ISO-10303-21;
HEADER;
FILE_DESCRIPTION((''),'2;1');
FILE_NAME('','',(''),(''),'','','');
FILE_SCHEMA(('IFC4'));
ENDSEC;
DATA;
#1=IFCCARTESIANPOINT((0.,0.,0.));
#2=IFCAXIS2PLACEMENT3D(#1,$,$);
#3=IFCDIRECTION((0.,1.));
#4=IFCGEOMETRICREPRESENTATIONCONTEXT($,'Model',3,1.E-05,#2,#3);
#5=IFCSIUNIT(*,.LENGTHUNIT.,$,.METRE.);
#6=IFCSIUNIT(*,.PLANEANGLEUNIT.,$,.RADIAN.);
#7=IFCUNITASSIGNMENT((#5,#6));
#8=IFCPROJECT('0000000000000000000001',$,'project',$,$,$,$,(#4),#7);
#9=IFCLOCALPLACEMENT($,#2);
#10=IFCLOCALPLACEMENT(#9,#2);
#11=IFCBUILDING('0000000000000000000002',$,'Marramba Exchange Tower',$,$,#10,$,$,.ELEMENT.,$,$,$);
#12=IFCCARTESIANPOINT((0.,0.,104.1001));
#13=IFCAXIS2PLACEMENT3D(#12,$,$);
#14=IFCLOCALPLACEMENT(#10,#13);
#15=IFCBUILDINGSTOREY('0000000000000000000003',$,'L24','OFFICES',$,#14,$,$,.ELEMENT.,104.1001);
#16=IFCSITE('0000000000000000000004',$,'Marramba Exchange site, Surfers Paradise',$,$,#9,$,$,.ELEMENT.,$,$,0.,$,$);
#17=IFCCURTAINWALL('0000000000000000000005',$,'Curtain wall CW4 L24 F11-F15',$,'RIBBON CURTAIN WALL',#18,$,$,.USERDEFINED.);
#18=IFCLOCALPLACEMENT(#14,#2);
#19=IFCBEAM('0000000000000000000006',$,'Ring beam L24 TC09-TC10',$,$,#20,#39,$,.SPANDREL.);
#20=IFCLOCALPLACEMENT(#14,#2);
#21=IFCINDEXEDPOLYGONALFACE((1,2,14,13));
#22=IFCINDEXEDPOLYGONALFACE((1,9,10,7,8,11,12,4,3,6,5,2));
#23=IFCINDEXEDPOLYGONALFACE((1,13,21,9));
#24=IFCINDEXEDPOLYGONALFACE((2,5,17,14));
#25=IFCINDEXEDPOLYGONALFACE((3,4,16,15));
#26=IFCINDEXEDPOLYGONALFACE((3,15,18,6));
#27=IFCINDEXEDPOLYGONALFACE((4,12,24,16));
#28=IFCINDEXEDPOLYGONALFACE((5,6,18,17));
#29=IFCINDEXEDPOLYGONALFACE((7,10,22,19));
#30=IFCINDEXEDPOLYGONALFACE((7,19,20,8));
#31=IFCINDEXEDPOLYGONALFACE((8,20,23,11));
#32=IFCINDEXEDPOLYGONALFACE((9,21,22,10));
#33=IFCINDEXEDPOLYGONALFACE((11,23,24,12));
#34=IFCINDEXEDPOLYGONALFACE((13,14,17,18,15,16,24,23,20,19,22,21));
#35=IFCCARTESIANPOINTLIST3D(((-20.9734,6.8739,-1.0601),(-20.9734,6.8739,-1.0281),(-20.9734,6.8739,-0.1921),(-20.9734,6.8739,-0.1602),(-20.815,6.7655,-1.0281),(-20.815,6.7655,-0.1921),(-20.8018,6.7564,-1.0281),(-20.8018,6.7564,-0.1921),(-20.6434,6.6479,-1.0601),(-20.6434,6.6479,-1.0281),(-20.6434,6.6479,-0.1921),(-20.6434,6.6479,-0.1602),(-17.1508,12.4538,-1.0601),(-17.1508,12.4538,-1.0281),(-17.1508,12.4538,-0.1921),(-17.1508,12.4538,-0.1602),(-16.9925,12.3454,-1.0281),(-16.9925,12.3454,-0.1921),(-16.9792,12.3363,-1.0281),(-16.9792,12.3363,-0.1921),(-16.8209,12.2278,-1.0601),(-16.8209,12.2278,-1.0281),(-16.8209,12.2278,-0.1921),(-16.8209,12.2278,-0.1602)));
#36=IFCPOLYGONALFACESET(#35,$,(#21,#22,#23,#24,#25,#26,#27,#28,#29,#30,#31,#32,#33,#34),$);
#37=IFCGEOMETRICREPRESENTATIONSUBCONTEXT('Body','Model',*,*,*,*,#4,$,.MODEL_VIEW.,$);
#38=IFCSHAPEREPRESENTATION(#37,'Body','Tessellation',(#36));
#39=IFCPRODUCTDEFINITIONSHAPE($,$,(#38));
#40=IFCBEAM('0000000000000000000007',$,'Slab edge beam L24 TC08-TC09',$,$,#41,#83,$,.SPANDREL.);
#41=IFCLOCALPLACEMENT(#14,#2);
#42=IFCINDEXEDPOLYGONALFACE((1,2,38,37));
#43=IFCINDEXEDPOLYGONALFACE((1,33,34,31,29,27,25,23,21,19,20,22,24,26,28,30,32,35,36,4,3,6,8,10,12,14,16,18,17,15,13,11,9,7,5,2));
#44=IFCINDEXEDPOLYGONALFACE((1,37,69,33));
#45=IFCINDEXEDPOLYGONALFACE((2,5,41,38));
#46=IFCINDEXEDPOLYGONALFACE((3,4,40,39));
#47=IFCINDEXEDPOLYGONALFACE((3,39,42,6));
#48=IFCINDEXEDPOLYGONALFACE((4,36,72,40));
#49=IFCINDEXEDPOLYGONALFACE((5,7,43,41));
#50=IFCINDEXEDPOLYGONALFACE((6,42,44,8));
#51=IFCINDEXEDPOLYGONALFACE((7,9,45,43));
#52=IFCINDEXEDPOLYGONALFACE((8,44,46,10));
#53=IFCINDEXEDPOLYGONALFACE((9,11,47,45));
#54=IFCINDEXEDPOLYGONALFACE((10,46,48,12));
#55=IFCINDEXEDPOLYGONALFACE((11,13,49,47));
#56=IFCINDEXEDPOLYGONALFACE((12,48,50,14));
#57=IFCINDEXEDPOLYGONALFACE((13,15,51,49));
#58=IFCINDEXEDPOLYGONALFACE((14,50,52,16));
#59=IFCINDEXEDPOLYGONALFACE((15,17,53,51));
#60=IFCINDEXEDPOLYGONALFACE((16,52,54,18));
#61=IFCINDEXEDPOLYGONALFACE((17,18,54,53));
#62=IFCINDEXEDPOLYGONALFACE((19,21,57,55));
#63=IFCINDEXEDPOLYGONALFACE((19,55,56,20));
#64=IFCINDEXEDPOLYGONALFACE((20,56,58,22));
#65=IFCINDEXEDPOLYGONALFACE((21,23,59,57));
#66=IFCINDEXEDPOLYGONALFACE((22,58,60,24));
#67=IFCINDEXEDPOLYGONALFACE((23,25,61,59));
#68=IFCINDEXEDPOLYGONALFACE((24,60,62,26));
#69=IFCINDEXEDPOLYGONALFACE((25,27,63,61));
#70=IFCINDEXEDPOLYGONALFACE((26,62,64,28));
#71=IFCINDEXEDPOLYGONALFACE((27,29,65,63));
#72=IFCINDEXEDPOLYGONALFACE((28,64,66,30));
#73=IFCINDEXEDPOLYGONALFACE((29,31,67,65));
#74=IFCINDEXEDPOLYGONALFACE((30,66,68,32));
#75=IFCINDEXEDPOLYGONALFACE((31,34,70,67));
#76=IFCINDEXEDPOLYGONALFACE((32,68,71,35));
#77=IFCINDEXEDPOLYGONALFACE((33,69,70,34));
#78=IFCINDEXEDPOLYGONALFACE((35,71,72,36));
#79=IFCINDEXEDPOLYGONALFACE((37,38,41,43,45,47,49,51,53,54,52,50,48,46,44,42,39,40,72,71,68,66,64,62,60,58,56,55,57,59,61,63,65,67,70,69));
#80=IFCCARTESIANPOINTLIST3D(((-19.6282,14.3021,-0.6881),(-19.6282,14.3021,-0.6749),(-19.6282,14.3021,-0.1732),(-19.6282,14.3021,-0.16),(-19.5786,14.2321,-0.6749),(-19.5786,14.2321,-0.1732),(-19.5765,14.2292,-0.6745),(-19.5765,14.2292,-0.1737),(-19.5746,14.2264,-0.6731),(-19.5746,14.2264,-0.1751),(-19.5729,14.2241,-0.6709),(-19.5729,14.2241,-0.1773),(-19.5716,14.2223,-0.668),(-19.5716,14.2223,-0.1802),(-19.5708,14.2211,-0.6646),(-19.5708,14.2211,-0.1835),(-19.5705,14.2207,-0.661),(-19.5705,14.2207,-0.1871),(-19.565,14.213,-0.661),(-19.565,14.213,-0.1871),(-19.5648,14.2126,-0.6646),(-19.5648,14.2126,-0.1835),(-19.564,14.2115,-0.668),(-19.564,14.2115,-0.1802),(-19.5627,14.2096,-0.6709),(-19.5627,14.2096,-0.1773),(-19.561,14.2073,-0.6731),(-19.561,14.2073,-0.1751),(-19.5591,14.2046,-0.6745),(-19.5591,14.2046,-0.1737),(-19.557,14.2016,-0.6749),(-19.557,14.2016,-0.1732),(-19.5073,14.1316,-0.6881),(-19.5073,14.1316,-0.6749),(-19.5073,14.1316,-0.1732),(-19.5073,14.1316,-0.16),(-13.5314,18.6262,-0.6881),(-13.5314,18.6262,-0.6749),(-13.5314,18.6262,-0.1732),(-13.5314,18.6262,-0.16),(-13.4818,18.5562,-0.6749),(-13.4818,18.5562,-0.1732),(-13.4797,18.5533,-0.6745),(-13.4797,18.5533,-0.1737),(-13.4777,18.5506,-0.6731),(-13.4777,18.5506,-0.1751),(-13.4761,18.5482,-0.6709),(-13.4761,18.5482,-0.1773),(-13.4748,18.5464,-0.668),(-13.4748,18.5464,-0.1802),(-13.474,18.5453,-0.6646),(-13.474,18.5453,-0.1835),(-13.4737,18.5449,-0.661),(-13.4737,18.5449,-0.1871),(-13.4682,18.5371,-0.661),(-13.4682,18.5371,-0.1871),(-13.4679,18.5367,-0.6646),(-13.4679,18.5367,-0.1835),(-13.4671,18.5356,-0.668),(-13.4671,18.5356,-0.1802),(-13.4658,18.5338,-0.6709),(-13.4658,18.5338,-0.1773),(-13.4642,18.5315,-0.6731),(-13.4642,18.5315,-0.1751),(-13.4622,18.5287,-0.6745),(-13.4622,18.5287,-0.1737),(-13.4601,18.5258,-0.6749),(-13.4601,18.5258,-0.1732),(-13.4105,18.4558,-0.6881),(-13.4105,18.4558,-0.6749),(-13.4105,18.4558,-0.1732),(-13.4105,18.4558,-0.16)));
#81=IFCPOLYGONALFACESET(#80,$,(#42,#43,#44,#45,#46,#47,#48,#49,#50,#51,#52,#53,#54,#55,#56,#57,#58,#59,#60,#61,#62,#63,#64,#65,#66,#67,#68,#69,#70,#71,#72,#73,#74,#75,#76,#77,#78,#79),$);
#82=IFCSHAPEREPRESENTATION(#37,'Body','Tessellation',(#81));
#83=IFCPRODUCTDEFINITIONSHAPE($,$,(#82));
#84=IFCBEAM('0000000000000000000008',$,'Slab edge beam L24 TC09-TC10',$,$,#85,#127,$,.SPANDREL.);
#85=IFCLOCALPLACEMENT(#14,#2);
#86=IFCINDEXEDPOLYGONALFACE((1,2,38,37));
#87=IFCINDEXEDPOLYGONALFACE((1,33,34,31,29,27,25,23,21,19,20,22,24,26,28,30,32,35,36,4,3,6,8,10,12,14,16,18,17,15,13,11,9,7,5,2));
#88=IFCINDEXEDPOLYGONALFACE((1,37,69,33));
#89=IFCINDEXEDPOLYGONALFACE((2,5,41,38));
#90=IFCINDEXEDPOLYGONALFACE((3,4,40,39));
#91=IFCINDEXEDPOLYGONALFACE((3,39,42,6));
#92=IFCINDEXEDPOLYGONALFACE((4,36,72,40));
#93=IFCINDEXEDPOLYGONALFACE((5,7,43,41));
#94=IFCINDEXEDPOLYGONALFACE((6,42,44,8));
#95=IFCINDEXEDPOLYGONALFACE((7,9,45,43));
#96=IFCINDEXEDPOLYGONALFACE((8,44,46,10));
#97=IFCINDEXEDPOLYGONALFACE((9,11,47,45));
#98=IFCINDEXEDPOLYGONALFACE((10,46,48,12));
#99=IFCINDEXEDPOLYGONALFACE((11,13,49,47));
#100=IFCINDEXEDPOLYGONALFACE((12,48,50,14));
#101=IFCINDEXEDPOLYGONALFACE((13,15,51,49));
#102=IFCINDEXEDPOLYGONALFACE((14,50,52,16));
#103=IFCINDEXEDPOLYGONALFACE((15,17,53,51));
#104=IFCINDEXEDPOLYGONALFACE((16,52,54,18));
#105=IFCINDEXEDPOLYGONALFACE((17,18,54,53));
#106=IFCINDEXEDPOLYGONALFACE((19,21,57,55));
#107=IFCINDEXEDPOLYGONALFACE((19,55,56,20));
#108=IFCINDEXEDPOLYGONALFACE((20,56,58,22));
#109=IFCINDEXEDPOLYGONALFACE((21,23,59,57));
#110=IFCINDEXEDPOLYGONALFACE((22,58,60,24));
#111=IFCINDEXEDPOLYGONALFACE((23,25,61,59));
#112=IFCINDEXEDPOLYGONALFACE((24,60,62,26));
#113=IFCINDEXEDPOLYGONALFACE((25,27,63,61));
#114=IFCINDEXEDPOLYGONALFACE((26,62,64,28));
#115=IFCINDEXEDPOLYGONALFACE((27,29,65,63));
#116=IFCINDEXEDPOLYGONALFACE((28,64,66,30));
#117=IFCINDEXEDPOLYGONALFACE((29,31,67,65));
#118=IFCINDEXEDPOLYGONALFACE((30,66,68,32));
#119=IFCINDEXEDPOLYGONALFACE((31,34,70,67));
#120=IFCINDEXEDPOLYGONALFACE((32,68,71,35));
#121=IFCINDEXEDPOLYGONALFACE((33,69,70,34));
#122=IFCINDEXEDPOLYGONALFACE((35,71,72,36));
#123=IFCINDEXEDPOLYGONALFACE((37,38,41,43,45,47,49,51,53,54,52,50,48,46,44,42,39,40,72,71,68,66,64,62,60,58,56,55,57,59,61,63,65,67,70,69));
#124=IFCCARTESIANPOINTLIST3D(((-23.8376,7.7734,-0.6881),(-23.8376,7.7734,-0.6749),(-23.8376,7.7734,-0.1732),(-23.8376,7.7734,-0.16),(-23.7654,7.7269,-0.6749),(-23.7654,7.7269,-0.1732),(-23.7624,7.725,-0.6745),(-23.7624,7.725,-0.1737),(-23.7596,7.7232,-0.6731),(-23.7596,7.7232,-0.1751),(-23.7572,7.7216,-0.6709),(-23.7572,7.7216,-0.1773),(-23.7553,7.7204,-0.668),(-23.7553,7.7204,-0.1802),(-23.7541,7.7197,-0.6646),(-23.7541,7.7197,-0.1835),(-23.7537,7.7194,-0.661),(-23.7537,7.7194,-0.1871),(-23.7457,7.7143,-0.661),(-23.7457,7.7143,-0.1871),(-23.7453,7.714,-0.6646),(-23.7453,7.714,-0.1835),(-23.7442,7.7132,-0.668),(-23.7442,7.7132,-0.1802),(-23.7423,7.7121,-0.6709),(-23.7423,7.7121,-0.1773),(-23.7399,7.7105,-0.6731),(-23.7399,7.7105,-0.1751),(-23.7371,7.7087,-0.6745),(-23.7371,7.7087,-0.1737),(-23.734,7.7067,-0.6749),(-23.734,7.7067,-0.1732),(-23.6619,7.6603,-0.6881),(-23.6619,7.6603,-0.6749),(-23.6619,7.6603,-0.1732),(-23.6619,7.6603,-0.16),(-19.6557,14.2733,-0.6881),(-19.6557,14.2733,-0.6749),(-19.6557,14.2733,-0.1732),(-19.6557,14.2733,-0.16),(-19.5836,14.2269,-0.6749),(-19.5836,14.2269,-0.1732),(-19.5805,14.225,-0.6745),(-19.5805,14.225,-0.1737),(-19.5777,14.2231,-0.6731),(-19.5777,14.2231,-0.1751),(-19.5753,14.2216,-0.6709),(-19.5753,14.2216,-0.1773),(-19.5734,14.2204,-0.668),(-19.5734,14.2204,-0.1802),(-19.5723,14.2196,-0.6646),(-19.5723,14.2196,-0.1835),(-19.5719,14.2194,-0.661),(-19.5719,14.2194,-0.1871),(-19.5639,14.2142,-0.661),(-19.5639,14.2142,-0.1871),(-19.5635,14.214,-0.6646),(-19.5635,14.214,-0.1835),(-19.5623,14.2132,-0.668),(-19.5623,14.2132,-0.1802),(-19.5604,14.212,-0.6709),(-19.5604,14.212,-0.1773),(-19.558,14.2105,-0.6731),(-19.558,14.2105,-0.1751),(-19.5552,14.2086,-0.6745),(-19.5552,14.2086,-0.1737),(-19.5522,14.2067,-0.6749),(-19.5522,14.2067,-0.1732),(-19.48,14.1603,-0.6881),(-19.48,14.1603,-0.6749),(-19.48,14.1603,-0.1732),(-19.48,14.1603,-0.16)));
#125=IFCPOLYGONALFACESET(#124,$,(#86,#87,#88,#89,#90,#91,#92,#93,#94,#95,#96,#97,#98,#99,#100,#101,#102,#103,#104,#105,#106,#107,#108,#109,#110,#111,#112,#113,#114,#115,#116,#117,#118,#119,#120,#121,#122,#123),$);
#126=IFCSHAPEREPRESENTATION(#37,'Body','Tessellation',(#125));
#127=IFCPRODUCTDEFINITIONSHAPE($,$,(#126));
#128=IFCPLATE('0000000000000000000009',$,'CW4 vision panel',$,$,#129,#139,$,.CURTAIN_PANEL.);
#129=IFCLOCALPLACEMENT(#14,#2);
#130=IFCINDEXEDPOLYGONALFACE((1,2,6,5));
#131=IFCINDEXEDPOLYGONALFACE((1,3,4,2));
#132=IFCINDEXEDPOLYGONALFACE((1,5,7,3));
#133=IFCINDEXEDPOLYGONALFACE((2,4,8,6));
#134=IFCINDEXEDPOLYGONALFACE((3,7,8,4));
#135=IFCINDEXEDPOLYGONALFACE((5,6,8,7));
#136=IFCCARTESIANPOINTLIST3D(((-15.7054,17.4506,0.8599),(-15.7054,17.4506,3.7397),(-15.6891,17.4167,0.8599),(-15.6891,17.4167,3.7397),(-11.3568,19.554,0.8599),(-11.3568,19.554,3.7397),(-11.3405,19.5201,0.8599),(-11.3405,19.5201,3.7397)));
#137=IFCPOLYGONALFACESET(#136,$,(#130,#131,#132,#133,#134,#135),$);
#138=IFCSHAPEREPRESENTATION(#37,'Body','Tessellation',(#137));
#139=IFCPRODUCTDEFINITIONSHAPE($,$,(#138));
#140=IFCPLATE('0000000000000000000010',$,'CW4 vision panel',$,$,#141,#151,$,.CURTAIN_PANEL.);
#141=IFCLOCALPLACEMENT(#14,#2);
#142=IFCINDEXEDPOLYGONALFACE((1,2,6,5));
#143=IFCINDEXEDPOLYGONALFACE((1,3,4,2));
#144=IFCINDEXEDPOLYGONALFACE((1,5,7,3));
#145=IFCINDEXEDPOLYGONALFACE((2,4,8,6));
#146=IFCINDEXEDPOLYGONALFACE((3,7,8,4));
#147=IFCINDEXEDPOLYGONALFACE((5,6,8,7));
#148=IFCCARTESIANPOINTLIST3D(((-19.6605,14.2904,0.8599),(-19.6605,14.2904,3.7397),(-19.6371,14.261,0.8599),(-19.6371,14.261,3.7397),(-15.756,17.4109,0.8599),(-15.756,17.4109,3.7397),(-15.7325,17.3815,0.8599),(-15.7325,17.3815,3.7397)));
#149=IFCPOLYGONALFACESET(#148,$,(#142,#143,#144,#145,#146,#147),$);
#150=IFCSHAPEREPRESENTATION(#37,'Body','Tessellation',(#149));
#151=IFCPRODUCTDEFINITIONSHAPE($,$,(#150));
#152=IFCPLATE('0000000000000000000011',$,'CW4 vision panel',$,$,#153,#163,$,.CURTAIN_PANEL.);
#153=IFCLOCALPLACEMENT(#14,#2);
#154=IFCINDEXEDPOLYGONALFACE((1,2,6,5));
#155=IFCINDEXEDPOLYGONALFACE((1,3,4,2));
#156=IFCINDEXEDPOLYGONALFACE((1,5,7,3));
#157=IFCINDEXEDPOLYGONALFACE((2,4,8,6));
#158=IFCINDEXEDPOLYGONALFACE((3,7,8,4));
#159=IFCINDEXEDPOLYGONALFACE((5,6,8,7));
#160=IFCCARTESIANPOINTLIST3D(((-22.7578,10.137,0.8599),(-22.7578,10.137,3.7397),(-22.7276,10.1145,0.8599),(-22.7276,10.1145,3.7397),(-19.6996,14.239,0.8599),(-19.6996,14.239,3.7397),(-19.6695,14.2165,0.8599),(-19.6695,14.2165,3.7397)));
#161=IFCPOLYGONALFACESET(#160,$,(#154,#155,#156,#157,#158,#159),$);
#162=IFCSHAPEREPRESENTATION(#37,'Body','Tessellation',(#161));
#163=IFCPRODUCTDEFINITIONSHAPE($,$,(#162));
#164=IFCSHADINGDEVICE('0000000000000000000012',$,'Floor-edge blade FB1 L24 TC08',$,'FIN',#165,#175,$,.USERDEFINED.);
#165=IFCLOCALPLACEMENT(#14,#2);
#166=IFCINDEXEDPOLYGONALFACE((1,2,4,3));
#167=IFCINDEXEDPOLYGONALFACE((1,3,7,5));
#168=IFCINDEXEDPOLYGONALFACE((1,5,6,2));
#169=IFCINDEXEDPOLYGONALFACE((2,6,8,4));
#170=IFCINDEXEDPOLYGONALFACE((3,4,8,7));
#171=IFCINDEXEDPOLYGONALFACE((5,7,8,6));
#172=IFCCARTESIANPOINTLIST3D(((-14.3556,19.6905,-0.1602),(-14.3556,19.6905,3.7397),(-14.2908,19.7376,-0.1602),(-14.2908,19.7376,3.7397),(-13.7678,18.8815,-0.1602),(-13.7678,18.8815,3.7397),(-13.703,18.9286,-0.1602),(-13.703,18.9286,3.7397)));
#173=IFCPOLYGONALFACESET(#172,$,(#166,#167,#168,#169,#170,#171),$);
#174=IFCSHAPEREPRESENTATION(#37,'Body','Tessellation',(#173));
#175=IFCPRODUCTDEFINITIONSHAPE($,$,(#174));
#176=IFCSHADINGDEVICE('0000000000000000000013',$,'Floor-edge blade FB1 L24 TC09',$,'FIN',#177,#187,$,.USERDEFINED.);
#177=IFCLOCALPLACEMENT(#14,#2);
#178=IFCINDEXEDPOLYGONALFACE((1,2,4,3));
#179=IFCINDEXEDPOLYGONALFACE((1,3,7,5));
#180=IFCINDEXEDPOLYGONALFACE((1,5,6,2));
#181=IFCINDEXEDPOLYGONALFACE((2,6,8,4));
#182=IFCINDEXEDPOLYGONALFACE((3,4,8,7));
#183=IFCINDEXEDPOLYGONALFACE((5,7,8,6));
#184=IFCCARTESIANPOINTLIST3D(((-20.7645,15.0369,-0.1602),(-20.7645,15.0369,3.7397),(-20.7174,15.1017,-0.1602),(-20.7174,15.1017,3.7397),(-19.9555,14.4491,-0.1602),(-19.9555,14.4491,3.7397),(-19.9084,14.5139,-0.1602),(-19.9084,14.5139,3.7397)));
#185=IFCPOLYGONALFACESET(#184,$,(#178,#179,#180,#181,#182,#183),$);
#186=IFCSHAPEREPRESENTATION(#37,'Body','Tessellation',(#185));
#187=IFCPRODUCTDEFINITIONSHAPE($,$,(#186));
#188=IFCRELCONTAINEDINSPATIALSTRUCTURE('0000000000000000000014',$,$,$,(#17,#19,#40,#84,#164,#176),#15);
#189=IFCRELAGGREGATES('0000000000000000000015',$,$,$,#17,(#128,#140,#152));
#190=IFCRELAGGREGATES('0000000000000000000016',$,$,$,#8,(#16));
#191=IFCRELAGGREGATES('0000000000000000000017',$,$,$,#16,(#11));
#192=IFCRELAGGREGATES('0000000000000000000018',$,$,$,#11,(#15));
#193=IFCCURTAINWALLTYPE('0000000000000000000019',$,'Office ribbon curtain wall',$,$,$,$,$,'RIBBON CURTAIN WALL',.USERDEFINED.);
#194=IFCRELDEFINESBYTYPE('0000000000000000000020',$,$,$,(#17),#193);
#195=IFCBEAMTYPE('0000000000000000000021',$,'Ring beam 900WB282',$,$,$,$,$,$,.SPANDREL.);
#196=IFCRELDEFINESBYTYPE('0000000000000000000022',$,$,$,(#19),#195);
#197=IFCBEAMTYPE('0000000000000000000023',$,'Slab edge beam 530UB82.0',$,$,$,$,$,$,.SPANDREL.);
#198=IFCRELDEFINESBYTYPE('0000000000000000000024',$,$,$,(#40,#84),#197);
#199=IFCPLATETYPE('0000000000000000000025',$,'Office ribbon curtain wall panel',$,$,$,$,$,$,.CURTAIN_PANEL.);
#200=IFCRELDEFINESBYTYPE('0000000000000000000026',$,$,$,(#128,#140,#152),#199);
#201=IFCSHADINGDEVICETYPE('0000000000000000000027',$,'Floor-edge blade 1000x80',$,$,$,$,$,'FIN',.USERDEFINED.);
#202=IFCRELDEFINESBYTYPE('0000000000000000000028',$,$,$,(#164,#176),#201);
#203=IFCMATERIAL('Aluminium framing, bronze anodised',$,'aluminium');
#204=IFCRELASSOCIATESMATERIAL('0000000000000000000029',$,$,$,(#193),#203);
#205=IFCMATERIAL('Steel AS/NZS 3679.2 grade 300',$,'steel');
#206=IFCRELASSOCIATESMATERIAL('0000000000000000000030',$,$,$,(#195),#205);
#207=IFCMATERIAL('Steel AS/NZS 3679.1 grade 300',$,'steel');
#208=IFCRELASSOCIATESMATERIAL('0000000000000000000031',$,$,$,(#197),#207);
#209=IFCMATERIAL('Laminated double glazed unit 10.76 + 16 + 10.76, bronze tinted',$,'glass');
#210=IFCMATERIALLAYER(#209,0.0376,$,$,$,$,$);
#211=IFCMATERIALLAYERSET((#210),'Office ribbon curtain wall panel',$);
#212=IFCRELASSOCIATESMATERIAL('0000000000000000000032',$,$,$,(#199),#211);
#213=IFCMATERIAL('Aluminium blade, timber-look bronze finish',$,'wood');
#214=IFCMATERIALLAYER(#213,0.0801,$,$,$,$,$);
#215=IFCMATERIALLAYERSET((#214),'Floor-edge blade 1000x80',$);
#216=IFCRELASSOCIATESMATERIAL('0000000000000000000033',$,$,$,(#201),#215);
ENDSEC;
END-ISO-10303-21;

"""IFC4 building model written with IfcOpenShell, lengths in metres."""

from ifc_helpers import new_model, si_unit, direction, frame, origin, origin_2d, place, context, subcontext, project, spatial, rectangle, i_section, extrude, material, layer, layer_set, material_profile, profile_set, type_object, element, aggregate, save


model = new_model("IFC4")

# Units and contexts
model_context = context("Model", 3, precision=1e-05, world=origin(), true_north=direction((0.0, 1.0)))
body_context = subcontext(model_context, "Body", "Model", "MODEL_VIEW")
ifc_project = project(units=[si_unit("LENGTHUNIT", "METRE"), si_unit("PLANEANGLEUNIT", "RADIAN")], contexts=[model_context])

# Site, building, storey
site_placement = place(None, origin())
site = spatial("IfcSite", under=ifc_project, at=site_placement, Name="Marramba Exchange site, Surfers Paradise", CompositionType="ELEMENT", RefElevation=0.0)
building_placement = place(site_placement, origin())
building = spatial("IfcBuilding", under=site, at=building_placement, Name="Marramba Exchange Tower", CompositionType="ELEMENT")
storey_placement = place(building_placement, frame((0.0, 0.0, 104.1001)))
storey = spatial("IfcBuildingStorey", under=building, at=storey_placement, Name="L24", Description="OFFICES", CompositionType="ELEMENT", Elevation=104.1001)

# Shared definitions
ifc_material_1 = material(Name="Steel AS/NZS 3679.2 grade 300", Category="steel")
ifc_material_2 = material(Name="Steel AS/NZS 3679.1 grade 300", Category="steel")

# Curtain wall
ifc_material_3 = material(Name="Aluminium framing, bronze anodised", Category="aluminium")
curtain_wall_type = type_object("IfcCurtainWallType", Name="Office ribbon curtain wall", ElementType="RIBBON CURTAIN WALL", PredefinedType="USERDEFINED", material=ifc_material_3)
curtain_wall_placement = place(storey_placement, origin())
curtain_wall = element("IfcCurtainWall", 1, at=curtain_wall_placement, inside=storey, type_object=curtain_wall_type, Name="Curtain wall CW4 L24 F11-F15", ObjectType="RIBBON CURTAIN WALL", PredefinedType="USERDEFINED")

# Beams
ifc_material_profile_1 = material_profile(ifc_material_1, i_section(OverallWidth=0.3999, OverallDepth=0.8999, WebThickness=0.0161, FlangeThickness=0.032, at=origin_2d()), Name="900WB282")
ifc_profile_set_1 = profile_set([ifc_material_profile_1], Name="Steel AS/NZS 3679.2 grade 300")
beam_type_1 = type_object("IfcBeamType", Name="Ring beam 900WB282", PredefinedType="SPANDREL", material=ifc_profile_set_1)
beam_1_placement = place(storey_placement, frame((-16.9858, 12.3408, -0.6101), z_axis=(-0.56516, -0.824981, 0.0), x_axis=(0.824981, -0.56516, 0.0)))
element("IfcBeam", 2, at=beam_1_placement, inside=storey, type_object=beam_type_1, Name="Ring beam L24 TC09-TC10", PredefinedType="SPANDREL", context=body_context, shape_type="SweptSolid", body=[
    extrude(i_section(OverallWidth=0.3999, OverallDepth=0.8999, WebThickness=0.0161, FlangeThickness=0.032, at=origin_2d()), origin(), (0.0, 0.0, 1.0), 6.7637),
])
ifc_material_profile_2 = material_profile(ifc_material_2, i_section(OverallWidth=0.209, OverallDepth=0.5281, WebThickness=0.0095, FlangeThickness=0.0132, FilletRadius=0.0139, at=origin_2d()), Name="530UB82.0")
ifc_profile_set_2 = profile_set([ifc_material_profile_2], Name="Steel AS/NZS 3679.1 grade 300")
beam_type_2 = type_object("IfcBeamType", Name="Slab edge beam 530UB82.0", PredefinedType="SPANDREL", material=ifc_profile_set_2)
beam_2_placement = place(storey_placement, frame((-13.4709, 18.541, -0.4241), z_axis=(-0.815673, -0.578513, 0.0), x_axis=(0.578513, -0.815673, 0.0)))
element("IfcBeam", 3, at=beam_2_placement, inside=storey, type_object=beam_type_2, Name="Slab edge beam L24 TC08-TC09", PredefinedType="SPANDREL", context=body_context, shape_type="SweptSolid", body=[
    extrude(i_section(OverallWidth=0.209, OverallDepth=0.5281, WebThickness=0.0095, FlangeThickness=0.0132, FilletRadius=0.0139, at=origin_2d()), origin(), (0.0, 0.0, 1.0), 7.4746),
])
beam_3_placement = place(storey_placement, frame((-19.5679, 14.2168, -0.4241), z_axis=(-0.541061, -0.840983, 0.0), x_axis=(0.840983, -0.541061, 0.0)))
element("IfcBeam", 4, at=beam_3_placement, inside=storey, type_object=beam_type_2, Name="Slab edge beam L24 TC09-TC10", PredefinedType="SPANDREL", context=body_context, shape_type="SweptSolid", body=[
    extrude(i_section(OverallWidth=0.209, OverallDepth=0.5281, WebThickness=0.0095, FlangeThickness=0.0132, FilletRadius=0.0139, at=origin_2d()), origin(), (0.0, 0.0, 1.0), 7.729),
])

# Plates
ifc_material_4 = material(Name="Laminated double glazed unit 10.76 + 16 + 10.76, bronze tinted", Category="glass")
ifc_layer_1 = layer(ifc_material_4, 0.0376)
ifc_layer_set_1 = layer_set([ifc_layer_1], Name="Office ribbon curtain wall panel")
plate_type = type_object("IfcPlateType", Name="Office ribbon curtain wall panel", PredefinedType="CURTAIN_PANEL", material=ifc_layer_set_1)
plate_1_placement = place(storey_placement, frame((-13.5229, 18.4854, 0.8599), z_axis=(0.0, 0.0, 1.0), x_axis=(-0.900224, -0.435428, 0.0)))
plate_1 = element("IfcPlate", 5, at=plate_1_placement, type_object=plate_type, Name="CW4 vision panel", PredefinedType="CURTAIN_PANEL", context=body_context, shape_type="SweptSolid", body=[
    extrude(rectangle(XDim=4.8306, YDim=0.0376, at=origin_2d()), origin(), (0.0, 0.0, 1.0), 2.8799),
])
plate_2_placement = place(storey_placement, frame((-17.6965, 15.8359, 0.8599), z_axis=(0.0, 0.0, 1.0), x_axis=(-0.781178, -0.624308, 0.0)))
plate_2 = element("IfcPlate", 6, at=plate_2_placement, type_object=plate_type, Name="CW4 vision panel", PredefinedType="CURTAIN_PANEL", context=body_context, shape_type="SweptSolid", body=[
    extrude(rectangle(XDim=4.9983, YDim=0.0376, at=origin_2d()), origin(), (0.0, 0.0, 1.0), 2.8799),
])
plate_3_placement = place(storey_placement, frame((-21.2136, 12.1768, 0.8599), z_axis=(0.0, 0.0, 1.0), x_axis=(-0.597704, -0.801717, 0.0)))
plate_3 = element("IfcPlate", 7, at=plate_3_placement, type_object=plate_type, Name="CW4 vision panel", PredefinedType="CURTAIN_PANEL", context=body_context, shape_type="SweptSolid", body=[
    extrude(rectangle(XDim=5.1165, YDim=0.0376, at=origin_2d()), origin(), (0.0, 0.0, 1.0), 2.8799),
])
aggregate(curtain_wall, [plate_1, plate_2, plate_3])

# Shading devices
ifc_material_5 = material(Name="Aluminium blade, timber-look bronze finish", Category="wood")
ifc_layer_2 = layer(ifc_material_5, 0.0801)
ifc_layer_set_2 = layer_set([ifc_layer_2], Name="Floor-edge blade 1000x80")
shading_device_type_1 = type_object("IfcShadingDeviceType", Name="Floor-edge blade 1000x80", ElementType="FIN", PredefinedType="USERDEFINED", material=ifc_layer_set_2)
for number, where, z_axis, x_axis, name in (
    (8, (-14.0293, 19.3096, -0.1602), (0.0, 0.0, 1.0), (-0.587785, 0.809017, 0.0), "Floor-edge blade FB1 L24 TC08"),
    (9, (-20.3364, 14.7754, -0.1602), (0.0, 0.0, 1.0), (-0.809017, 0.587785, 0.0), "Floor-edge blade FB1 L24 TC09"),
):
    element("IfcShadingDevice", number, at=place(storey_placement, frame(where, z_axis=z_axis, x_axis=x_axis)), inside=storey, type_object=shading_device_type_1, Name=name, ObjectType="FIN", PredefinedType="USERDEFINED", context=body_context, shape_type="SweptSolid", body=[
        extrude(rectangle(XDim=1.0, YDim=0.0801, at=origin_2d()), origin(), (0.0, 0.0, 1.0), 3.8999),
    ])

save(model, "model.ifc")
